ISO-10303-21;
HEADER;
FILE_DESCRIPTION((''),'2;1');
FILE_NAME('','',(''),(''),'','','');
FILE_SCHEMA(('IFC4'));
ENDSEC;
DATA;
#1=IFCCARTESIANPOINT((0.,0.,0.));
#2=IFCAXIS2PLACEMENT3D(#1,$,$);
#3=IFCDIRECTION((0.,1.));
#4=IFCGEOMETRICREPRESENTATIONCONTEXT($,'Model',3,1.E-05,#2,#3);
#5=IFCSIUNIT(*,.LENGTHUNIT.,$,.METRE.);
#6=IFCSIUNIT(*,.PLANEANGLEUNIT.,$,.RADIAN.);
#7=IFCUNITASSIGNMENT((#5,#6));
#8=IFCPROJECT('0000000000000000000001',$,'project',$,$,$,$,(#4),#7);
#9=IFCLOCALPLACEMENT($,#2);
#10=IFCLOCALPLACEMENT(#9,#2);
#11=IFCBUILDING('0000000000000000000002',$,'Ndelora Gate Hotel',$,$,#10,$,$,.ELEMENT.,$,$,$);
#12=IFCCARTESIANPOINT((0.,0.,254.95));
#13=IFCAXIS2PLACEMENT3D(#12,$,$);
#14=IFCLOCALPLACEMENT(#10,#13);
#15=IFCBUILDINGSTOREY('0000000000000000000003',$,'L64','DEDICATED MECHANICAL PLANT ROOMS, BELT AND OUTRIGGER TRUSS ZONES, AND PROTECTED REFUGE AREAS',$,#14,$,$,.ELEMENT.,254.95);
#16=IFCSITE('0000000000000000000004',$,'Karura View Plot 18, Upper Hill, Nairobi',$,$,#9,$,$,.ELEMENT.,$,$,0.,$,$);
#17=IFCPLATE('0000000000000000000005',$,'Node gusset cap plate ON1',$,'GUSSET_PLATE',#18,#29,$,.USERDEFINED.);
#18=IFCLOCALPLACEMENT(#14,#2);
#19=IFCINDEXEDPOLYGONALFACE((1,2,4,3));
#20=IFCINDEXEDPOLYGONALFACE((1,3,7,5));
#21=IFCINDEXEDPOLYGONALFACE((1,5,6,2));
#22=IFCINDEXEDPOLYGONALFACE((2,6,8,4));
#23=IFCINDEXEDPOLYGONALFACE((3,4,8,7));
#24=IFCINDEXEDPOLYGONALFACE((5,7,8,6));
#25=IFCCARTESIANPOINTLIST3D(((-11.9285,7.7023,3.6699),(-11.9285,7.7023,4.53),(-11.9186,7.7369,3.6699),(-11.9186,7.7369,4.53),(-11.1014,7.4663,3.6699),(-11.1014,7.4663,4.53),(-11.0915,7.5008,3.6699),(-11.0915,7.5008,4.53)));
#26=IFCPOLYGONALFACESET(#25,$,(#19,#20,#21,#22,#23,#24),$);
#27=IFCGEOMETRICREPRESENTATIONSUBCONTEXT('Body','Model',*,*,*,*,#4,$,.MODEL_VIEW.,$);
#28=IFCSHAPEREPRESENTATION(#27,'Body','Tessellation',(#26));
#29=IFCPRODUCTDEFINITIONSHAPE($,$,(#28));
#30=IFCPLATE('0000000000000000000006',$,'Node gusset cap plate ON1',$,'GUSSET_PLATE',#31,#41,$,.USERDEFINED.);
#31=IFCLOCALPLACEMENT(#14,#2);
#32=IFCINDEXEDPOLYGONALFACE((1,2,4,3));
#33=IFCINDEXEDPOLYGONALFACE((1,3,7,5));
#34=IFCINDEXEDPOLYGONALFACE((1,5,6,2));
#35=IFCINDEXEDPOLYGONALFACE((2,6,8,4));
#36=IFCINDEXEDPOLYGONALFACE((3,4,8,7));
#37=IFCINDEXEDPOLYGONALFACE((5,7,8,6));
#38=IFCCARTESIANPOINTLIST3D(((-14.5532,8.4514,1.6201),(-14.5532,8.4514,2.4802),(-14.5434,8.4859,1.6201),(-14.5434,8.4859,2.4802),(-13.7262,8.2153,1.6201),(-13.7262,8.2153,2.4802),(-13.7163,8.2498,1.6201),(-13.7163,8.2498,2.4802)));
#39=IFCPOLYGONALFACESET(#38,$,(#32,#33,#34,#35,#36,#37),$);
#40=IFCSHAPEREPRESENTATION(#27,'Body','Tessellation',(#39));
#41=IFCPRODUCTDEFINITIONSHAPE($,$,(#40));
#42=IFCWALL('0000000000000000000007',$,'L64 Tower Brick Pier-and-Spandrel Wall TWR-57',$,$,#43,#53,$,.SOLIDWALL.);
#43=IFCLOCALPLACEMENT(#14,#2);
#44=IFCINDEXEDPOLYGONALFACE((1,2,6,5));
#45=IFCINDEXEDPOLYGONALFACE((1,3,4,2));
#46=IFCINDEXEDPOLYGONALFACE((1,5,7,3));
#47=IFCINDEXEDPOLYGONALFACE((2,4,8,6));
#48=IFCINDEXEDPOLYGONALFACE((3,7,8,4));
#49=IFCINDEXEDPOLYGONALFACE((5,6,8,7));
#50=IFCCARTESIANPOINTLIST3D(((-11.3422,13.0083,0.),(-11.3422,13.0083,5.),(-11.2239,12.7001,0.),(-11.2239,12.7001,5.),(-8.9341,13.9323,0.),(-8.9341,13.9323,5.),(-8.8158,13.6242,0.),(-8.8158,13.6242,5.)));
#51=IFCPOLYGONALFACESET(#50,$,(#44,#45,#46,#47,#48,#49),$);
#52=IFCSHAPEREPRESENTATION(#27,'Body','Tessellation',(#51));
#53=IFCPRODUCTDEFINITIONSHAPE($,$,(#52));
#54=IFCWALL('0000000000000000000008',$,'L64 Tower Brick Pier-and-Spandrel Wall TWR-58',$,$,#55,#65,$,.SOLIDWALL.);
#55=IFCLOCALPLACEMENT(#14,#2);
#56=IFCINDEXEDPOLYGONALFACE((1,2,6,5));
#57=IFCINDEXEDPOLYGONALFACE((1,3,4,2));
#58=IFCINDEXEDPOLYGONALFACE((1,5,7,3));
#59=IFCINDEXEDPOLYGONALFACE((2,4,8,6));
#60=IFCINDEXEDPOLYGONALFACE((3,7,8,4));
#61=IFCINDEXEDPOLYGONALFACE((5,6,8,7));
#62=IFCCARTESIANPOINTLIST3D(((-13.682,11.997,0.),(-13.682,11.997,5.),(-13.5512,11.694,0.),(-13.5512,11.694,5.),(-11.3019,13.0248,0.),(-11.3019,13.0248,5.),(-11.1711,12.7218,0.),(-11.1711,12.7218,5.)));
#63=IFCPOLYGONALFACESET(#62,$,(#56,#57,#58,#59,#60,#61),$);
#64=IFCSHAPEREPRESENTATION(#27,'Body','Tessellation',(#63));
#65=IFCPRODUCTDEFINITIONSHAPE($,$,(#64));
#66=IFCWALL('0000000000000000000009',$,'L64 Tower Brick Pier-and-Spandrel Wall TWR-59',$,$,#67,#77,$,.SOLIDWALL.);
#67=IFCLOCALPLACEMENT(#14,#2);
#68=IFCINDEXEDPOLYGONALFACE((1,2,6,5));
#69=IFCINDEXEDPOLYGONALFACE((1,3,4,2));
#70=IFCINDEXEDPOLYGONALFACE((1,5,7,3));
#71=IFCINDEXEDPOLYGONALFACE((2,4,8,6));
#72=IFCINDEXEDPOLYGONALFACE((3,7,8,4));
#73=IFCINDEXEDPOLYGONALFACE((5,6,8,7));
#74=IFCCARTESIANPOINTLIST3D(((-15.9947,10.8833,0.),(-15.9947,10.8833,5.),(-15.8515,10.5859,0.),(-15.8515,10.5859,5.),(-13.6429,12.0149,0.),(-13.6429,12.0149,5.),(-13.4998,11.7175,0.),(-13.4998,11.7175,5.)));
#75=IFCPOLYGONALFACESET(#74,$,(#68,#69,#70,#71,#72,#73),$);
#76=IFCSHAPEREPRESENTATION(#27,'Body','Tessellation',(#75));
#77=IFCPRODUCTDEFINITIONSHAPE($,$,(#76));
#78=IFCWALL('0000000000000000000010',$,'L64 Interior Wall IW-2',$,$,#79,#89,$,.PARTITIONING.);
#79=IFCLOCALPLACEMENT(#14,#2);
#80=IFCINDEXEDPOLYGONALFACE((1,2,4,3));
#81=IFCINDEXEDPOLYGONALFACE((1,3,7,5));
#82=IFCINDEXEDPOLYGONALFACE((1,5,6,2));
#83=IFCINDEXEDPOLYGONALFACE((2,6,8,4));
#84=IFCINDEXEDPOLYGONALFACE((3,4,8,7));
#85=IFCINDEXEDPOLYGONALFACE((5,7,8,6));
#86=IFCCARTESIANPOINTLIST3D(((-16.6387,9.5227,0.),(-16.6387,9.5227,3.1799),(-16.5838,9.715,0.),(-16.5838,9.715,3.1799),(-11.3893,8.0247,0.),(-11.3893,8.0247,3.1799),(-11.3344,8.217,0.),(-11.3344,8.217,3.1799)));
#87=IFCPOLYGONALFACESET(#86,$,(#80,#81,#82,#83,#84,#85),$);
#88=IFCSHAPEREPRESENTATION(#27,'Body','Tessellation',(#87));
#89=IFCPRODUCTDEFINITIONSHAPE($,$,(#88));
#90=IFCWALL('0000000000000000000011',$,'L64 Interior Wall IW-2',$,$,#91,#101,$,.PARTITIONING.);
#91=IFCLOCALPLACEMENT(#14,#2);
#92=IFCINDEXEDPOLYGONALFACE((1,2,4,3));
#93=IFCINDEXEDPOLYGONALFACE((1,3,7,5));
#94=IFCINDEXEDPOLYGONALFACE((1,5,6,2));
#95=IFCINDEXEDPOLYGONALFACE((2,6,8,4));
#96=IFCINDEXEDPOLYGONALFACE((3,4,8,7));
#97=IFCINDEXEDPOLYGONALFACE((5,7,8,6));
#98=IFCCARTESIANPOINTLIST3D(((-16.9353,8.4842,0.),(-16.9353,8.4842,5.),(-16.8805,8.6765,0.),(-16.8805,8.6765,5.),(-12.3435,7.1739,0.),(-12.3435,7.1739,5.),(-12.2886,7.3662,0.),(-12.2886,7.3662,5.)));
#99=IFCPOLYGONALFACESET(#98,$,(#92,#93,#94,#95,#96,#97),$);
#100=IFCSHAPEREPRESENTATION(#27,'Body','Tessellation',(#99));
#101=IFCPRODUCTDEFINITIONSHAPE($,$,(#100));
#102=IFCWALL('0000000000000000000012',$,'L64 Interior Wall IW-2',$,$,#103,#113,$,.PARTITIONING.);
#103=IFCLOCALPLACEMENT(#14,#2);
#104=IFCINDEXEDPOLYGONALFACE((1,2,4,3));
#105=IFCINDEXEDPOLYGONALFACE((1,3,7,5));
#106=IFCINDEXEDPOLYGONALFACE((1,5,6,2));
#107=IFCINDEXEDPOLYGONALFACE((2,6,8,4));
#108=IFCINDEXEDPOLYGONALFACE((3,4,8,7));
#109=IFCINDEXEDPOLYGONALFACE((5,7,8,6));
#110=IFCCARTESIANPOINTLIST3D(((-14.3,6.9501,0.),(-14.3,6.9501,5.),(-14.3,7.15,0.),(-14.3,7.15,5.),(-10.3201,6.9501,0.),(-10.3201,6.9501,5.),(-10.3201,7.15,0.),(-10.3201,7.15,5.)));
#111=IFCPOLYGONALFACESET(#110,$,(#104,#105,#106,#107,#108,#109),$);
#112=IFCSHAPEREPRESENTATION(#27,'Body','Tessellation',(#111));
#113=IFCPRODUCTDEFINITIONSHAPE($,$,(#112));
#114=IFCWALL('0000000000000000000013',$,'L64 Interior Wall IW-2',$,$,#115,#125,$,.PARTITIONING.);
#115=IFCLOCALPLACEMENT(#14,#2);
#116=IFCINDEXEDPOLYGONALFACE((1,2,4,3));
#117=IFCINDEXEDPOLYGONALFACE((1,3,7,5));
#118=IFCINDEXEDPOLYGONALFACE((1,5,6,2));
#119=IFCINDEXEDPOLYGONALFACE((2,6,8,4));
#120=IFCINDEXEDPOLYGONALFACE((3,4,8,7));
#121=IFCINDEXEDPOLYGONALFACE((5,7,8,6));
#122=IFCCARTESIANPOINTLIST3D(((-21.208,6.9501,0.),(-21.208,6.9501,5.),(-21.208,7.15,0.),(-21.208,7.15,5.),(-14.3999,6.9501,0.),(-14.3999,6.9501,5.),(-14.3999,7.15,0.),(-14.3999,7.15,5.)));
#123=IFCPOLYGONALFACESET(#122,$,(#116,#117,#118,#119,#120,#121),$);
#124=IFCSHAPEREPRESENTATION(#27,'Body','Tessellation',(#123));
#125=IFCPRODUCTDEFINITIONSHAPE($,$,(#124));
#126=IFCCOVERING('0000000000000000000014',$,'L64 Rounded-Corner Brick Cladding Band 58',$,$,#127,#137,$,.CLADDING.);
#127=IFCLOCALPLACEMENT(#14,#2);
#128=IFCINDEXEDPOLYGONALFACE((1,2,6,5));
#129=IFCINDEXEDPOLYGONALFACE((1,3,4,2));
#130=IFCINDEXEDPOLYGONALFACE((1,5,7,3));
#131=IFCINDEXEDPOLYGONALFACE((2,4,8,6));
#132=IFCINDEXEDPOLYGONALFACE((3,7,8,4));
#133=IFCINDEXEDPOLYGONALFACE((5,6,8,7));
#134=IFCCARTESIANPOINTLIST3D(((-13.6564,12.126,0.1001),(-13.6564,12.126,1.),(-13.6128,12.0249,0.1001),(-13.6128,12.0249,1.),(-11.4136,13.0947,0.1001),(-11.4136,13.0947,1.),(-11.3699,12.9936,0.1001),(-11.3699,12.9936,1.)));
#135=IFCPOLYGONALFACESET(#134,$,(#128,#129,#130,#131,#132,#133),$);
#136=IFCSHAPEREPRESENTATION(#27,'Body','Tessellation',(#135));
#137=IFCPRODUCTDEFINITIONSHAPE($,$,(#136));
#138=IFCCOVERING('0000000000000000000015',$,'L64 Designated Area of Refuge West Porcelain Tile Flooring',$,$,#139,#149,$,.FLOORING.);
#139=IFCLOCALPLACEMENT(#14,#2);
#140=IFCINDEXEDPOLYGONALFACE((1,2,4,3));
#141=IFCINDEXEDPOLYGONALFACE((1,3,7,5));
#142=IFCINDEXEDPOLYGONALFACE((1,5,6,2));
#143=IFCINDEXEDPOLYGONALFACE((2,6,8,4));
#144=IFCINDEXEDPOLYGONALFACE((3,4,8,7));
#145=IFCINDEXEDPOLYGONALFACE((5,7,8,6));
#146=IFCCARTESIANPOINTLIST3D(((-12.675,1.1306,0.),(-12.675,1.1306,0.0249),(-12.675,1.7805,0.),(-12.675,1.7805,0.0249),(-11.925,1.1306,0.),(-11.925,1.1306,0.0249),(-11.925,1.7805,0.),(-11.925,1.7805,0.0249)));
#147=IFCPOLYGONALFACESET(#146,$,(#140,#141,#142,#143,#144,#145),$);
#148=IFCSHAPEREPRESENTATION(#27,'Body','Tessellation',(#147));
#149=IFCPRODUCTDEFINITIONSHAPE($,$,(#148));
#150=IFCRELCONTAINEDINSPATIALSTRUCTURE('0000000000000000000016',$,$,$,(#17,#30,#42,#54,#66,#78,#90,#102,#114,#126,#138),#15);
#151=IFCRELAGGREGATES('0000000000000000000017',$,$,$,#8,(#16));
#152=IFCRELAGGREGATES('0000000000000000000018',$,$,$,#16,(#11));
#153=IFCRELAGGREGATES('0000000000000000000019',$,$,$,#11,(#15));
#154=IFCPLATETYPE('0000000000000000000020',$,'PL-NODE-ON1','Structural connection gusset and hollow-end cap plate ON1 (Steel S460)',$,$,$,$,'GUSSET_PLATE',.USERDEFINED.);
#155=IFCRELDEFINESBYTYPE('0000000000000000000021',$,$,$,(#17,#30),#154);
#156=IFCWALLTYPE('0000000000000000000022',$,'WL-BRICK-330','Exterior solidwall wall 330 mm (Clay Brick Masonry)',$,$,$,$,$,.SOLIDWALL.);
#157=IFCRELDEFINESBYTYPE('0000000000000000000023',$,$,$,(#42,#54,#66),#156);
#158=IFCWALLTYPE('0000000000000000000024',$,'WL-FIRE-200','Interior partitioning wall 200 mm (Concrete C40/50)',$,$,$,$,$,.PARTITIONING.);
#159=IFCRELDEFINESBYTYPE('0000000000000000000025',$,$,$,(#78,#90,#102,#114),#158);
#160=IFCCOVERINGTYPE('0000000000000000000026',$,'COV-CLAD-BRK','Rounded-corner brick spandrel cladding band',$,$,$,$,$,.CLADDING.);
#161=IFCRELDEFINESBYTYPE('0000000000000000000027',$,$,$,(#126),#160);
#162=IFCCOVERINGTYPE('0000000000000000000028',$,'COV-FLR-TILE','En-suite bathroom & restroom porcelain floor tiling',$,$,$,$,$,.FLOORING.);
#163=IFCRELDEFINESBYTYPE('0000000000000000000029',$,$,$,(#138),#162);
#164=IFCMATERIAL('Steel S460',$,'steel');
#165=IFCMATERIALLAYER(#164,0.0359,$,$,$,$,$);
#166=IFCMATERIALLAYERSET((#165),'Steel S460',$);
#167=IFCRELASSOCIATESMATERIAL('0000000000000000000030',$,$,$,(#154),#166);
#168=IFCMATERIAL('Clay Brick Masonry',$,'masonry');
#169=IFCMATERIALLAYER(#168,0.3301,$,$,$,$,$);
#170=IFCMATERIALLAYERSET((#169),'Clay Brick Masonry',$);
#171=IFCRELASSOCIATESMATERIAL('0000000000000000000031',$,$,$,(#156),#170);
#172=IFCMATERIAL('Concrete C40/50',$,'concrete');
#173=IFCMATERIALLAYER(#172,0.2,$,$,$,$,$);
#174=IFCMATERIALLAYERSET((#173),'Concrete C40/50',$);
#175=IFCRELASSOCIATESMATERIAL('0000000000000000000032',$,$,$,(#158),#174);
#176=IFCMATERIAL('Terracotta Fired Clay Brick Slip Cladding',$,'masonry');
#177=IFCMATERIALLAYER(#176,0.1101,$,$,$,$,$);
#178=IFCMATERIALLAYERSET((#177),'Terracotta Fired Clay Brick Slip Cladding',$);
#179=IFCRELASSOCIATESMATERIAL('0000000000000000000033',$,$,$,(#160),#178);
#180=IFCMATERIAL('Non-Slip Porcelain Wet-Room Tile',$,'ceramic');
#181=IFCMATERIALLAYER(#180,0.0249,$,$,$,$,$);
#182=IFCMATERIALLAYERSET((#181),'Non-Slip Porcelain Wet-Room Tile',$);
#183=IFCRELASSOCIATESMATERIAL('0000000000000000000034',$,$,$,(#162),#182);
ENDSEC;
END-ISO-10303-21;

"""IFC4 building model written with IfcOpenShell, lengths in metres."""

from ifc_helpers import new_model, si_unit, direction, frame, frame_2d, origin, origin_2d, place, context, subcontext, project, spatial, rectangle, extrude, material, layer, layer_set, type_object, element, save


model = new_model("IFC4")

# Units and contexts
model_context = context("Model", 3, precision=1e-05, world=origin(), true_north=direction((0.0, 1.0)))
body_context = subcontext(model_context, "Body", "Model", "MODEL_VIEW")
ifc_project = project(units=[si_unit("LENGTHUNIT", "METRE"), si_unit("PLANEANGLEUNIT", "RADIAN")], contexts=[model_context])

# Site, building, storey
site_placement = place(None, origin())
site = spatial("IfcSite", under=ifc_project, at=site_placement, Name="Karura View Plot 18, Upper Hill, Nairobi", CompositionType="ELEMENT", RefElevation=0.0)
building_placement = place(site_placement, origin())
building = spatial("IfcBuilding", under=site, at=building_placement, Name="Ndelora Gate Hotel", CompositionType="ELEMENT")
storey_placement = place(building_placement, frame((0.0, 0.0, 254.95)))
storey = spatial("IfcBuildingStorey", under=building, at=storey_placement, Name="L64", Description="DEDICATED MECHANICAL PLANT ROOMS, BELT AND OUTRIGGER TRUSS ZONES, AND PROTECTED REFUGE AREAS", CompositionType="ELEMENT", Elevation=254.95)

# Shared definitions
ifc_material_1 = material(Name="Steel S460", Category="steel")

# Plates
ifc_layer_1 = layer(ifc_material_1, 0.0359)
ifc_layer_set_1 = layer_set([ifc_layer_1], Name="Steel S460")
plate_type_1 = type_object("IfcPlateType", Name="PL-NODE-ON1", Description="Structural connection gusset and hollow-end cap plate ON1 (Steel S460)", ElementType="GUSSET_PLATE", PredefinedType="USERDEFINED", material=ifc_layer_set_1)
for number, where, z_axis, x_axis, name in (
    (1, (-11.51, 7.6016, 3.6699), (0.0, 0.0, 1.0), (-0.961598, 0.274463, 0.0), "Node gusset cap plate ON1"),
    (2, (-14.1348, 8.3506, 1.6201), (0.0, 0.0, 1.0), (-0.961598, 0.274463, 0.0), "Node gusset cap plate ON1"),
):
    element("IfcPlate", number, at=place(storey_placement, frame(where, z_axis=z_axis, x_axis=x_axis)), inside=storey, type_object=plate_type_1, Name=name, ObjectType="GUSSET_PLATE", PredefinedType="USERDEFINED", context=body_context, shape_type="SweptSolid", body=[
        extrude(rectangle(XDim=0.8601, YDim=0.0359, at=origin_2d()), origin(), (0.0, 0.0, 1.0), 0.8601),
    ])

# Walls
ifc_material_2 = material(Name="Clay Brick Masonry", Category="masonry")
ifc_layer_2 = layer(ifc_material_2, 0.3301)
ifc_layer_set_2 = layer_set([ifc_layer_2], Name="Clay Brick Masonry")
wall_type_1 = type_object("IfcWallType", Name="WL-BRICK-330", Description="Exterior solidwall wall 330 mm (Clay Brick Masonry)", PredefinedType="SOLIDWALL", material=ifc_layer_set_2)
wall_1_placement = place(storey_placement, frame((-11.283, 12.8542, 0.0), z_axis=(0.0, 0.0, 1.0), x_axis=(0.933626, 0.35825, 0.0)))
element("IfcWall", 3, at=wall_1_placement, inside=storey, type_object=wall_type_1, Name="L64 Tower Brick Pier-and-Spandrel Wall TWR-57", PredefinedType="SOLIDWALL", context=body_context, shape_type="SweptSolid", body=[
    extrude(rectangle(XDim=2.5793, YDim=0.3301, at=frame_2d((1.2896, 0.0))), origin(), (0.0, 0.0, 1.0), 5.0),
])
wall_2_placement = place(storey_placement, frame((-13.6167, 11.8455, 0.0), z_axis=(0.0, 0.0, 1.0), x_axis=(0.918055, 0.396452, 0.0)))
element("IfcWall", 4, at=wall_2_placement, inside=storey, type_object=wall_type_1, Name="L64 Tower Brick Pier-and-Spandrel Wall TWR-58", PredefinedType="SOLIDWALL", context=body_context, shape_type="SweptSolid", body=[
    extrude(rectangle(XDim=2.5925, YDim=0.3301, at=frame_2d((1.2964, 0.0))), origin(), (0.0, 0.0, 1.0), 5.0),
])
wall_3_placement = place(storey_placement, frame((-15.9231, 10.7346, 0.0), z_axis=(0.0, 0.0, 1.0), x_axis=(0.901115, 0.433579, 0.0)))
element("IfcWall", 5, at=wall_3_placement, inside=storey, type_object=wall_type_1, Name="L64 Tower Brick Pier-and-Spandrel Wall TWR-59", PredefinedType="SOLIDWALL", context=body_context, shape_type="SweptSolid", body=[
    extrude(rectangle(XDim=2.6099, YDim=0.3301, at=frame_2d((1.3049, 0.0))), origin(), (0.0, 0.0, 1.0), 5.0),
])
ifc_material_3 = material(Name="Concrete C40/50", Category="concrete")
ifc_layer_3 = layer(ifc_material_3, 0.2)
ifc_layer_set_3 = layer_set([ifc_layer_3], Name="Concrete C40/50")
wall_type_2 = type_object("IfcWallType", Name="WL-FIRE-200", Description="Interior partitioning wall 200 mm (Concrete C40/50)", PredefinedType="PARTITIONING", material=ifc_layer_set_3)
wall_4_placement = place(storey_placement, frame((-11.3618, 8.1208, 0.0), z_axis=(0.0, 0.0, 1.0), x_axis=(-0.961612, 0.274414, 0.0)))
element("IfcWall", 6, at=wall_4_placement, inside=storey, type_object=wall_type_2, Name="L64 Interior Wall IW-2", PredefinedType="PARTITIONING", context=body_context, shape_type="SweptSolid", body=[
    extrude(rectangle(XDim=5.459, YDim=0.2, at=frame_2d((2.7295, 0.0))), origin(), (0.0, 0.0, 1.0), 3.1799),
])
wall_5_placement = place(storey_placement, frame((-12.3159, 7.27, 0.0), z_axis=(0.0, 0.0, 1.0), x_axis=(-0.961615, 0.274404, 0.0)))
element("IfcWall", 7, at=wall_5_placement, inside=storey, type_object=wall_type_2, Name="L64 Interior Wall IW-2", PredefinedType="PARTITIONING", context=body_context, shape_type="SweptSolid", body=[
    extrude(rectangle(XDim=4.7751, YDim=0.2, at=frame_2d((2.3877, 0.0))), origin(), (0.0, 0.0, 1.0), 5.0),
])
wall_6_placement = place(storey_placement, frame((-10.3201, 7.05, 0.0), z_axis=(0.0, 0.0, 1.0), x_axis=(-1.0, 0.0, 0.0)))
element("IfcWall", 8, at=wall_6_placement, inside=storey, type_object=wall_type_2, Name="L64 Interior Wall IW-2", PredefinedType="PARTITIONING", context=body_context, shape_type="SweptSolid", body=[
    extrude(rectangle(XDim=3.98, YDim=0.2, at=frame_2d((1.99, 0.0))), origin(), (0.0, 0.0, 1.0), 5.0),
])
wall_7_placement = place(storey_placement, frame((-14.3999, 7.05, 0.0), z_axis=(0.0, 0.0, 1.0), x_axis=(-1.0, 0.0, 0.0)))
element("IfcWall", 9, at=wall_7_placement, inside=storey, type_object=wall_type_2, Name="L64 Interior Wall IW-2", PredefinedType="PARTITIONING", context=body_context, shape_type="SweptSolid", body=[
    extrude(rectangle(XDim=6.8081, YDim=0.2, at=frame_2d((3.4041, 0.0))), origin(), (0.0, 0.0, 1.0), 5.0),
])

# Coverings
ifc_material_4 = material(Name="Terracotta Fired Clay Brick Slip Cladding", Category="masonry")
ifc_layer_4 = layer(ifc_material_4, 0.1101)
ifc_layer_set_4 = layer_set([ifc_layer_4], Name="Terracotta Fired Clay Brick Slip Cladding")
covering_type_1 = type_object("IfcCoveringType", Name="COV-CLAD-BRK", Description="Rounded-corner brick spandrel cladding band", PredefinedType="CLADDING", material=ifc_layer_set_4)
covering_1_placement = place(storey_placement, frame((-12.5132, 12.5598, 0.1001), z_axis=(0.0, 0.0, 1.0), x_axis=(0.918032, 0.396507, 0.0)))
element("IfcCovering", 10, at=covering_1_placement, inside=storey, type_object=covering_type_1, Name="L64 Rounded-Corner Brick Cladding Band 58", PredefinedType="CLADDING", context=body_context, shape_type="SweptSolid", body=[
    extrude(rectangle(XDim=2.4431, YDim=0.1101, at=origin_2d()), origin(), (0.0, 0.0, 1.0), 0.8999),
])
ifc_material_5 = material(Name="Non-Slip Porcelain Wet-Room Tile", Category="ceramic")
ifc_layer_5 = layer(ifc_material_5, 0.0249)
ifc_layer_set_5 = layer_set([ifc_layer_5], Name="Non-Slip Porcelain Wet-Room Tile")
covering_type_2 = type_object("IfcCoveringType", Name="COV-FLR-TILE", Description="En-suite bathroom & restroom porcelain floor tiling", PredefinedType="FLOORING", material=ifc_layer_set_5)
covering_2_placement = place(storey_placement, frame((-12.3, 1.4556, 0.0), z_axis=(0.0, 0.0, 1.0), x_axis=(1.0, 0.0, 0.0)))
element("IfcCovering", 11, at=covering_2_placement, inside=storey, type_object=covering_type_2, Name="L64 Designated Area of Refuge West Porcelain Tile Flooring", PredefinedType="FLOORING", context=body_context, shape_type="SweptSolid", body=[
    extrude(rectangle(XDim=0.75, YDim=0.6499, at=origin_2d()), origin(), (0.0, 0.0, 1.0), 0.0249),
])

save(model, "model.ifc")
